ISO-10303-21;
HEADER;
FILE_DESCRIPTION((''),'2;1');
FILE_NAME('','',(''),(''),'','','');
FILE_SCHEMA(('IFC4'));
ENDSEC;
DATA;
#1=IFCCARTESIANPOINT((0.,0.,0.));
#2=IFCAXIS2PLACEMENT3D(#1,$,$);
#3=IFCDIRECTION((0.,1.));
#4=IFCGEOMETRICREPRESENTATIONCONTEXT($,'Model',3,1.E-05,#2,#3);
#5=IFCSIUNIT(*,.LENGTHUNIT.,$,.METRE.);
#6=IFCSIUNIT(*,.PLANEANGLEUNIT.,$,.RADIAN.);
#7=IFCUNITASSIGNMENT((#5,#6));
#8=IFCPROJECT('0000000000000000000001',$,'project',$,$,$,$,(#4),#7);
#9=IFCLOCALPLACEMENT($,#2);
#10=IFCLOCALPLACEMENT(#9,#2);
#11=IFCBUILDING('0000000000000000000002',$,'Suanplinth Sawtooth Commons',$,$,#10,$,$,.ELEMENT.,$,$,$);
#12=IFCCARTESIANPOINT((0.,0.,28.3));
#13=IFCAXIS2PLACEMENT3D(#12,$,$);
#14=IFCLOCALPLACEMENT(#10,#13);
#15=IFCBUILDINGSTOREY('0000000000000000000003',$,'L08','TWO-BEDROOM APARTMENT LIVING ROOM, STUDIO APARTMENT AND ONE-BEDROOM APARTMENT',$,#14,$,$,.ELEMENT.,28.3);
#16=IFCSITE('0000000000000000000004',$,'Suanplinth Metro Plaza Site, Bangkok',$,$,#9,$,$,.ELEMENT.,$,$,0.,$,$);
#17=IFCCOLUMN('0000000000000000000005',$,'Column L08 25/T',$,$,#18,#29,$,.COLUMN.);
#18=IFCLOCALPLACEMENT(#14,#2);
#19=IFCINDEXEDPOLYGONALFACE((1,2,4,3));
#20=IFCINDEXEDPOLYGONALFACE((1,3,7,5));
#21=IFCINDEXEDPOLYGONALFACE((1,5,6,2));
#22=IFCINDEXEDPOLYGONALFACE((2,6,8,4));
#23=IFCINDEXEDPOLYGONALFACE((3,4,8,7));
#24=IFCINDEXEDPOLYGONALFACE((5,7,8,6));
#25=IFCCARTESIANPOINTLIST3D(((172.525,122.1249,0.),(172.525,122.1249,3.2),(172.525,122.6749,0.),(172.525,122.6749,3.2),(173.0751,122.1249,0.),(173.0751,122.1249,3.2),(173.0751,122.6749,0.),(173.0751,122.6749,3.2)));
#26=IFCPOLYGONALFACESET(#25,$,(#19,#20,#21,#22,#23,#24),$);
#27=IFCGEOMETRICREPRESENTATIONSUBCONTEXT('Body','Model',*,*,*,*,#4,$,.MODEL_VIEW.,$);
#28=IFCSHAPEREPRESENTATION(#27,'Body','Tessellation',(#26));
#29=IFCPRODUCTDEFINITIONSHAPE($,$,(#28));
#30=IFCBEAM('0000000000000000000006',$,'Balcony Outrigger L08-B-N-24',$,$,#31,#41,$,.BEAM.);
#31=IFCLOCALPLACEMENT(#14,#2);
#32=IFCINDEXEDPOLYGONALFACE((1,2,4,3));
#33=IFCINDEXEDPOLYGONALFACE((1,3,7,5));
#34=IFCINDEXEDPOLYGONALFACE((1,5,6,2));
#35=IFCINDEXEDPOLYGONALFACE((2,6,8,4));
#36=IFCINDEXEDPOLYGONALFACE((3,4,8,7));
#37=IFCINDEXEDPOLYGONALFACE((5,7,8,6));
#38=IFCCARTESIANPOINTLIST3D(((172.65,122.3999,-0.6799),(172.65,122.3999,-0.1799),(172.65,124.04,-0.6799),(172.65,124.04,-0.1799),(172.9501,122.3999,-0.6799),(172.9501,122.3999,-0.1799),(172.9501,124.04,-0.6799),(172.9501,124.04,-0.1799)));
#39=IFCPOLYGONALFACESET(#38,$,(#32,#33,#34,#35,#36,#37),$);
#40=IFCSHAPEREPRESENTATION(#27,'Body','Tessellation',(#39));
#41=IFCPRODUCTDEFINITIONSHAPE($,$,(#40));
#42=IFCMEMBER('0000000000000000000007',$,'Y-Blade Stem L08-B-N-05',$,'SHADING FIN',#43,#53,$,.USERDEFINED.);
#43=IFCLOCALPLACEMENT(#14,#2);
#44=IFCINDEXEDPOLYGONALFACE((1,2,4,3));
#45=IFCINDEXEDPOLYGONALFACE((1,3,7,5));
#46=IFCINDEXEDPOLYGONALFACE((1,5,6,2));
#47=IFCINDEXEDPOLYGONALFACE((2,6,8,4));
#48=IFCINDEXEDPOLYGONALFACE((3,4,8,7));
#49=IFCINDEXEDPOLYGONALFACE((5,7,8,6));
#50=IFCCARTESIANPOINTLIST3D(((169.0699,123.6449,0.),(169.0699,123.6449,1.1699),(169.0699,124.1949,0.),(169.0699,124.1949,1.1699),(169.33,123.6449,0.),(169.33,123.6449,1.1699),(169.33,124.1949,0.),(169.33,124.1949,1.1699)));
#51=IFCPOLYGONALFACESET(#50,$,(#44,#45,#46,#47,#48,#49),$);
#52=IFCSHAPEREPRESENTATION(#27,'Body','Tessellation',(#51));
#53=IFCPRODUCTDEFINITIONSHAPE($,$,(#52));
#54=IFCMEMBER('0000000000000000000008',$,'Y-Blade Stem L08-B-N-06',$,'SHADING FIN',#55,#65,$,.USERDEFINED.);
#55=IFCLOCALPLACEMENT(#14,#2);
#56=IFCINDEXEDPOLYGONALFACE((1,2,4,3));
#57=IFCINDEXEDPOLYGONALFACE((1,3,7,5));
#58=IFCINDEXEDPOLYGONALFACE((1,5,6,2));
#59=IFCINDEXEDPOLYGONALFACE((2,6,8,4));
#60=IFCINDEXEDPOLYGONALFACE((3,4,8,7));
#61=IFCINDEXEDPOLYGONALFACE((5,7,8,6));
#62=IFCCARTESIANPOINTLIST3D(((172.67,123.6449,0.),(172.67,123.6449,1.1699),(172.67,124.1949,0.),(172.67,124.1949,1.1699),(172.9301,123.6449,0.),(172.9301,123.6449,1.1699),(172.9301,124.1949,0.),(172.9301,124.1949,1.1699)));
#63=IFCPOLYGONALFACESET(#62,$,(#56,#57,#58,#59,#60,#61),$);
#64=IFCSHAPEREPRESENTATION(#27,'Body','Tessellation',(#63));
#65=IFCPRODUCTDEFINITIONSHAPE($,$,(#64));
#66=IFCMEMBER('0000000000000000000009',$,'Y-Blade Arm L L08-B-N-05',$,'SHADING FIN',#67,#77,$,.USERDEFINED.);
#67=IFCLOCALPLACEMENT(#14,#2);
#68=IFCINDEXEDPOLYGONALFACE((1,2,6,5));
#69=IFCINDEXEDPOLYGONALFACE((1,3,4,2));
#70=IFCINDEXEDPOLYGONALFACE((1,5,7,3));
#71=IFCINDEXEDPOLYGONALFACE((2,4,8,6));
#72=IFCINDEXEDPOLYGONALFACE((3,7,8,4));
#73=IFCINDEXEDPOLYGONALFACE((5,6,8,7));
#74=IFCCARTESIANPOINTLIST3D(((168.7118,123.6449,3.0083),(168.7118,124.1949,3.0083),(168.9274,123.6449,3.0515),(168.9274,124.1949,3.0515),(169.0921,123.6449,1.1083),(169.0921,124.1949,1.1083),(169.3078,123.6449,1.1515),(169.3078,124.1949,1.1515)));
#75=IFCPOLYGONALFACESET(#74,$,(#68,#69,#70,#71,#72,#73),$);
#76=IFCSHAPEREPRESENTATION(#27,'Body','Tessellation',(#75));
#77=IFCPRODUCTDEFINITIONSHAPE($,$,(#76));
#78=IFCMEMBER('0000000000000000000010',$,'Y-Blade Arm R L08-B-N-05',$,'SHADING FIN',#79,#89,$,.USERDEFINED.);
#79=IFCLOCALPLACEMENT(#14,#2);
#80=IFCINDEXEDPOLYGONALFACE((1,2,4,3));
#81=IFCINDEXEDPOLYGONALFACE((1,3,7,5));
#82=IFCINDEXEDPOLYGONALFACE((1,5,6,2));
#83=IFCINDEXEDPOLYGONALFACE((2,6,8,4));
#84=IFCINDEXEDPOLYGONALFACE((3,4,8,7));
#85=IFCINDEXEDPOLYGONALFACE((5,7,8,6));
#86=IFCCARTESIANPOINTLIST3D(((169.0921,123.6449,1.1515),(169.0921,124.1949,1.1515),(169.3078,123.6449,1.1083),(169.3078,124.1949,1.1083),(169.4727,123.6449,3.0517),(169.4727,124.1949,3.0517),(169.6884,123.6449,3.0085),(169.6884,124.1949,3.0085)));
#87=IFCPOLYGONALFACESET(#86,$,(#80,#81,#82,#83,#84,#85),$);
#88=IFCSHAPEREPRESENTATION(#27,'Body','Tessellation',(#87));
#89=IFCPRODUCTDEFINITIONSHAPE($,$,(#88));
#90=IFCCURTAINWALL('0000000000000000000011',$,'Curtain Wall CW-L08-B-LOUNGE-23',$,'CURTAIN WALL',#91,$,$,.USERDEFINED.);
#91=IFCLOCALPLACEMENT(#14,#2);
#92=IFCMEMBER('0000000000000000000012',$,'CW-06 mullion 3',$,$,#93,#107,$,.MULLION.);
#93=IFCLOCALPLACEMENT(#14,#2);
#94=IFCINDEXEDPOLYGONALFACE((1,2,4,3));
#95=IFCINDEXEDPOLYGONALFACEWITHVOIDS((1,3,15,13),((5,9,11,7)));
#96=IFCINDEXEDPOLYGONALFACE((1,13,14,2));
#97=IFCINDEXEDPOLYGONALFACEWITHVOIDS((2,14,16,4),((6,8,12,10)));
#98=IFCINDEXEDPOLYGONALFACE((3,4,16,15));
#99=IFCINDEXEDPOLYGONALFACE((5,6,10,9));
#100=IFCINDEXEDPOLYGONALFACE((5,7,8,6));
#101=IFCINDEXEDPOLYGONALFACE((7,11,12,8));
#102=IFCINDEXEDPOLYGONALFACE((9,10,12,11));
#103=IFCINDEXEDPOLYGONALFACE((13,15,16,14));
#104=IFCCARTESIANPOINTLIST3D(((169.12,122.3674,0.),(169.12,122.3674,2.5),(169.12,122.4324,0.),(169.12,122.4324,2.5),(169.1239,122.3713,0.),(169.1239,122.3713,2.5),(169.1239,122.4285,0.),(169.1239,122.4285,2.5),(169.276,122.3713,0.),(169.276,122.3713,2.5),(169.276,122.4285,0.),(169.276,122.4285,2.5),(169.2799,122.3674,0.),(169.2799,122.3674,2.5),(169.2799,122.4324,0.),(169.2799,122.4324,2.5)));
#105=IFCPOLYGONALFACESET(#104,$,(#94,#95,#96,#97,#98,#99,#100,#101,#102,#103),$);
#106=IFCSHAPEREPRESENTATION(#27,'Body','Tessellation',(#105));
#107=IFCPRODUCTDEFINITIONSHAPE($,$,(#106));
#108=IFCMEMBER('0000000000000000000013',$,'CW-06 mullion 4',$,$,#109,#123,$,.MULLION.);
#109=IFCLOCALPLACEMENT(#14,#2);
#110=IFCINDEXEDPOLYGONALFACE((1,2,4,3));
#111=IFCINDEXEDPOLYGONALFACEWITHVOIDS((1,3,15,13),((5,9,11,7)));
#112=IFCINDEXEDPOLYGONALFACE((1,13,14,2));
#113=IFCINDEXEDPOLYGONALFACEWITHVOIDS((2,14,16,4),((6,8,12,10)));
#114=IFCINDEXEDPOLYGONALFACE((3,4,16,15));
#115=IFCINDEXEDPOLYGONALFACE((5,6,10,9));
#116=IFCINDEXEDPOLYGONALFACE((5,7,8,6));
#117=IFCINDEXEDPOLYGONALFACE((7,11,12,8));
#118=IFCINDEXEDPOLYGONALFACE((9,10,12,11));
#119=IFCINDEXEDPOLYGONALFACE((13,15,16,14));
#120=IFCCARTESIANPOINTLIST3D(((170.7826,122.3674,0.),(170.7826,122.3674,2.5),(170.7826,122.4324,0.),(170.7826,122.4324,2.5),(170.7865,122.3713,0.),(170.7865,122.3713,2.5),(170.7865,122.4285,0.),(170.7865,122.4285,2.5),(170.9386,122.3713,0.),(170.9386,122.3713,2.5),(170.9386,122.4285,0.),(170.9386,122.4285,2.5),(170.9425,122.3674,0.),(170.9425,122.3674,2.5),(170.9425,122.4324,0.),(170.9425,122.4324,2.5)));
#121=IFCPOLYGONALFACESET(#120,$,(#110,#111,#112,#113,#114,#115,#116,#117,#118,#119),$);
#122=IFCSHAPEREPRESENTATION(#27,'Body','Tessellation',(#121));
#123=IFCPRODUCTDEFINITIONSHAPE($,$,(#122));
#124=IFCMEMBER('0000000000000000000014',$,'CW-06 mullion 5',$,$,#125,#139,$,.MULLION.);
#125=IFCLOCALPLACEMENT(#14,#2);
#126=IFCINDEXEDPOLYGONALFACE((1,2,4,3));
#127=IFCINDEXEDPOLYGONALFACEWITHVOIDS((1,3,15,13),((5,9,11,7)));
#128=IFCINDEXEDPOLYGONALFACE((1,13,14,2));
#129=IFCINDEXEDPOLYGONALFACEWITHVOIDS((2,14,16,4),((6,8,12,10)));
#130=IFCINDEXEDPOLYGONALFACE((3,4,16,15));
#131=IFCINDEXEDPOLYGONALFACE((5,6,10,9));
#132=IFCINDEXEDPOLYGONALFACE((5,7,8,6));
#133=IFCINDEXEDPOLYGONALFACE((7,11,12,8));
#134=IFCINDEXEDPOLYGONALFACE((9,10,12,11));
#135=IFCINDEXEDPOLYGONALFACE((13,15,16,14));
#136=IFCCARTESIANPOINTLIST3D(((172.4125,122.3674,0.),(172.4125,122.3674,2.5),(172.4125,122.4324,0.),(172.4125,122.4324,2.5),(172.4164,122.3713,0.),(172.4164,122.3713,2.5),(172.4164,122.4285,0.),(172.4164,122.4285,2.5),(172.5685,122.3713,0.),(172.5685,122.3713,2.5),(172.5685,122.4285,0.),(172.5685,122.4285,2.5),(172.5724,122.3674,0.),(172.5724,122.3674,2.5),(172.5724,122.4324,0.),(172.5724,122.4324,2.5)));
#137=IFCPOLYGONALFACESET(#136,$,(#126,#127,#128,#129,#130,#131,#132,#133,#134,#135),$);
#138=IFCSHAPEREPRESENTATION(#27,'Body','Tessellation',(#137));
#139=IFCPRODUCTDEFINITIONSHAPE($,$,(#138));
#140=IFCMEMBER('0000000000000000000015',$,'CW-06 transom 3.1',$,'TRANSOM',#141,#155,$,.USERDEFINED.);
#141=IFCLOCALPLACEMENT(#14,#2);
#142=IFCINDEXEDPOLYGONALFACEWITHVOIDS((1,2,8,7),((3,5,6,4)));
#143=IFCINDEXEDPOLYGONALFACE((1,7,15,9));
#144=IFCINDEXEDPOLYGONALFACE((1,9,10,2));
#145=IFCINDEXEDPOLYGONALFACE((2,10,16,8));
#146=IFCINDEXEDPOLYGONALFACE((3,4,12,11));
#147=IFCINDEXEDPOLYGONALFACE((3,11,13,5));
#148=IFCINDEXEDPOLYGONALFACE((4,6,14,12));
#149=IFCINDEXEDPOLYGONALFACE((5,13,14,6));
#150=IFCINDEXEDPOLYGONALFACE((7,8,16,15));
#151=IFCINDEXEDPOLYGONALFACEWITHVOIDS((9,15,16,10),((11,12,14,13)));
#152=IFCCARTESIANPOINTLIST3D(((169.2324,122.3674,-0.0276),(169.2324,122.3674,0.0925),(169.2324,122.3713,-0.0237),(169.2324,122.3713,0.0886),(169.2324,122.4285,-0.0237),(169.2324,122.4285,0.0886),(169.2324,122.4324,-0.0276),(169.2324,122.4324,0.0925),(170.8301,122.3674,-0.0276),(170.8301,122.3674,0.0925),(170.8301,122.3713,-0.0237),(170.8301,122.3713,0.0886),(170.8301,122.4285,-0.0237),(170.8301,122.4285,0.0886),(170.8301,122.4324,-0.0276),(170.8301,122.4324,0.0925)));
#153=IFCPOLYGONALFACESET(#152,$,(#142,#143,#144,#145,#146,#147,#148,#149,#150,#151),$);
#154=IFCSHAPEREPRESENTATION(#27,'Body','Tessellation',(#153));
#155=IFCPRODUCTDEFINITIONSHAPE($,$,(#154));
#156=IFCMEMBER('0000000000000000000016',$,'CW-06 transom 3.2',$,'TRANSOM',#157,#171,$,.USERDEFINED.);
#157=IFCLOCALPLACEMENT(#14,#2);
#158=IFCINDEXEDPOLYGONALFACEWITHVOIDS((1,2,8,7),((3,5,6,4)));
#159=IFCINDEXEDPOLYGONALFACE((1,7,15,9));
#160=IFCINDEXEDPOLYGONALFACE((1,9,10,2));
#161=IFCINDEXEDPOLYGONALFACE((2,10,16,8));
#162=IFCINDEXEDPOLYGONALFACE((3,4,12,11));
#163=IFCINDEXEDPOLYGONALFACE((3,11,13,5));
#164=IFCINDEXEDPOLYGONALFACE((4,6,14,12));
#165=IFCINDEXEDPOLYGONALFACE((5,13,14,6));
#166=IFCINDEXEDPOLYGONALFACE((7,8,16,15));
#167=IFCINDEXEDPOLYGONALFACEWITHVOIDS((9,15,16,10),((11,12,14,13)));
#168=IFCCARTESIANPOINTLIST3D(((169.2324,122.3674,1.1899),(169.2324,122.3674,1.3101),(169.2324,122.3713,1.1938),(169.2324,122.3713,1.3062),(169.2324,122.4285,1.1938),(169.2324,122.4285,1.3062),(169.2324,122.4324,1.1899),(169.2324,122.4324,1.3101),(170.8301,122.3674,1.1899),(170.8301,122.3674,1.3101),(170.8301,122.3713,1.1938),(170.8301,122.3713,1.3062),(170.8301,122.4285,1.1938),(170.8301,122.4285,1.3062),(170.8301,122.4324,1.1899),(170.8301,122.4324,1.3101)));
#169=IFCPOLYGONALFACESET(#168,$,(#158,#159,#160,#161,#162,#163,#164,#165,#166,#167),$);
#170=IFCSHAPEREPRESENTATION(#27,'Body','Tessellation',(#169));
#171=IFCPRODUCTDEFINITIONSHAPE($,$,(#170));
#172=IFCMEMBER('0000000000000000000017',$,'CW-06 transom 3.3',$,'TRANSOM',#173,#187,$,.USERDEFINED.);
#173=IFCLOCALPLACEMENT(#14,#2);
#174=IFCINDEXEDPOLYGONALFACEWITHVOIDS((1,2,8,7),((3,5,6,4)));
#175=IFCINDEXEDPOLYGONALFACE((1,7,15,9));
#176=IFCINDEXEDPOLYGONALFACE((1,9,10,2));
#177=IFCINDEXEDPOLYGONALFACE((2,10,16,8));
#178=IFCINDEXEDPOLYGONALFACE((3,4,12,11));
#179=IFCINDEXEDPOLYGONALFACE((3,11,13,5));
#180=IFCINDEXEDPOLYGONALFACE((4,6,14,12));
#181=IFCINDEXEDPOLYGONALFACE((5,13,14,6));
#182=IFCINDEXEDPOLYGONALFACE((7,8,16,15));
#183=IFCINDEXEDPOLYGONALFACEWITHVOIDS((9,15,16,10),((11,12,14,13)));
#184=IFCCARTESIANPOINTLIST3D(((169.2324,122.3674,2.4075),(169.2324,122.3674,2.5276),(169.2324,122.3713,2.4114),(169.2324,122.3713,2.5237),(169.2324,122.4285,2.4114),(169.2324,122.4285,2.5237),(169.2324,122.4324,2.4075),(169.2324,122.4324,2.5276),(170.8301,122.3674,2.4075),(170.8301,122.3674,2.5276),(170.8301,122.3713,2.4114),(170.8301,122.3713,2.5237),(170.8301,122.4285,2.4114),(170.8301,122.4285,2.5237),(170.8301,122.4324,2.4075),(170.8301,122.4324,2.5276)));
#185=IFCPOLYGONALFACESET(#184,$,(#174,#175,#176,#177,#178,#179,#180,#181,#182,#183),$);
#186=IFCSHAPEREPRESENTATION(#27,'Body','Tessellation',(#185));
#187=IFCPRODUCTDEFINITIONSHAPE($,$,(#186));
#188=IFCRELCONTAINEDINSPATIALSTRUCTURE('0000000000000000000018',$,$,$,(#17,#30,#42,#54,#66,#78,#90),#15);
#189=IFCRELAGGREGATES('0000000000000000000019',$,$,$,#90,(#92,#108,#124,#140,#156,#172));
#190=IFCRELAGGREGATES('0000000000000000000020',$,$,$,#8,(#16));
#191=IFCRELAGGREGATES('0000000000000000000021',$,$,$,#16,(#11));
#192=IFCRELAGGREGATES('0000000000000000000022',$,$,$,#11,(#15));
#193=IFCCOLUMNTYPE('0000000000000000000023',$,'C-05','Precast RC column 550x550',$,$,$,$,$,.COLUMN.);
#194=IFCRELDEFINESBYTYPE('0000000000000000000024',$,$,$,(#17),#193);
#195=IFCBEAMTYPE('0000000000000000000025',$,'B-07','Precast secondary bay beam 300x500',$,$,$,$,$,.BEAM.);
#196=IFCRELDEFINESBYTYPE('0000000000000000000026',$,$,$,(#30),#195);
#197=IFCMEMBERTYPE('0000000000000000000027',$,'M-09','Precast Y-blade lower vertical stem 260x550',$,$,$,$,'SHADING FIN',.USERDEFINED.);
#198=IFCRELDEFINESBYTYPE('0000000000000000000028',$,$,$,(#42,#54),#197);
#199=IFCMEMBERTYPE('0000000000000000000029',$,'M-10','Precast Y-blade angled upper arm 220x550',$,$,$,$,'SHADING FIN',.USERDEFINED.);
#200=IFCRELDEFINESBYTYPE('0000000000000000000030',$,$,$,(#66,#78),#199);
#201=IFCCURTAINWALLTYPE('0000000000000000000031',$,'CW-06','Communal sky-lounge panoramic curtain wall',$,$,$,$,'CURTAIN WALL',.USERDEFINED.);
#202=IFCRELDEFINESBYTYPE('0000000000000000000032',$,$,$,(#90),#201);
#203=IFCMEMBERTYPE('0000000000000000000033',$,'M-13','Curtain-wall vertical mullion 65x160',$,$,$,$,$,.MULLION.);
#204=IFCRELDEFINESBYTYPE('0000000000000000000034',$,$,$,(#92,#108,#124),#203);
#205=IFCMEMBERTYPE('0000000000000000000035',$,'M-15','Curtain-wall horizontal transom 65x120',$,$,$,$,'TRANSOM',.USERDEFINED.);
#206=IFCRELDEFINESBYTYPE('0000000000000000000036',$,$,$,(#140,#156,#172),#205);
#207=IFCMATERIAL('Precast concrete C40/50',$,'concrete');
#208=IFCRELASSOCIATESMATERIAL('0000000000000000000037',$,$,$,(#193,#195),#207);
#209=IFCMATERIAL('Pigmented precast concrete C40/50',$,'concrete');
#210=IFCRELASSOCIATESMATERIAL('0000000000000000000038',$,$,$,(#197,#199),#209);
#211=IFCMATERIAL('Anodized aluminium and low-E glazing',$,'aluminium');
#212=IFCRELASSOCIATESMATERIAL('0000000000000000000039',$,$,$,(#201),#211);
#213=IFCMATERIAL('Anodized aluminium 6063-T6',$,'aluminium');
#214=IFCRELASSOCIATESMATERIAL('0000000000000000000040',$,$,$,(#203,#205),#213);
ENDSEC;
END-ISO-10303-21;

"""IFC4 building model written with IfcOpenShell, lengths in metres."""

from ifc_helpers import new_model, si_unit, direction, frame, origin, origin_2d, place, context, subcontext, project, spatial, rectangle, hollow_rectangle, extrude, material, material_profile, profile_set, type_object, element, aggregate, save


model = new_model("IFC4")

# Units and contexts
model_context = context("Model", 3, precision=1e-05, world=origin(), true_north=direction((0.0, 1.0)))
body_context = subcontext(model_context, "Body", "Model", "MODEL_VIEW")
ifc_project = project(units=[si_unit("LENGTHUNIT", "METRE"), si_unit("PLANEANGLEUNIT", "RADIAN")], contexts=[model_context])

# Site, building, storey
site_placement = place(None, origin())
site = spatial("IfcSite", under=ifc_project, at=site_placement, Name="Suanplinth Metro Plaza Site, Bangkok", CompositionType="ELEMENT", RefElevation=0.0)
building_placement = place(site_placement, origin())
building = spatial("IfcBuilding", under=site, at=building_placement, Name="Suanplinth Sawtooth Commons", CompositionType="ELEMENT")
storey_placement = place(building_placement, frame((0.0, 0.0, 28.3)))
storey = spatial("IfcBuildingStorey", under=building, at=storey_placement, Name="L08", Description="TWO-BEDROOM APARTMENT LIVING ROOM, STUDIO APARTMENT AND ONE-BEDROOM APARTMENT", CompositionType="ELEMENT", Elevation=28.3)

# Column
ifc_material_1 = material(Name="Precast concrete C40/50", Category="concrete")
ifc_material_profile_1 = material_profile(ifc_material_1, rectangle(XDim=0.55, YDim=0.55, at=origin_2d()), Name="PC-COL 550x550")
ifc_profile_set_1 = profile_set([ifc_material_profile_1], Name="Precast concrete C40/50")
column_type = type_object("IfcColumnType", Name="C-05", Description="Precast RC column 550x550", PredefinedType="COLUMN", material=ifc_profile_set_1)
column_placement = place(storey_placement, frame((172.8, 122.3999, 0.0), z_axis=(0.0, 0.0, 1.0), x_axis=(1.0, 0.0, 0.0)))
element("IfcColumn", 1, at=column_placement, inside=storey, type_object=column_type, Name="Column L08 25/T", PredefinedType="COLUMN", context=body_context, shape_type="SweptSolid", body=[
    extrude(rectangle(XDim=0.55, YDim=0.55, at=origin_2d()), origin(), (0.0, 0.0, 1.0), 3.2),
])

# Beam
ifc_material_profile_2 = material_profile(ifc_material_1, rectangle(XDim=0.3, YDim=0.5, at=origin_2d()), Name="PC-BM 300x500")
ifc_profile_set_2 = profile_set([ifc_material_profile_2], Name="Precast concrete C40/50")
beam_type = type_object("IfcBeamType", Name="B-07", Description="Precast secondary bay beam 300x500", PredefinedType="BEAM", material=ifc_profile_set_2)
beam_placement = place(storey_placement, frame((172.8, 122.3999, -0.4299), z_axis=(0.0, 1.0, 0.0), x_axis=(-1.0, 0.0, 0.0)))
element("IfcBeam", 2, at=beam_placement, inside=storey, type_object=beam_type, Name="Balcony Outrigger L08-B-N-24", PredefinedType="BEAM", context=body_context, shape_type="SweptSolid", body=[
    extrude(rectangle(XDim=0.3, YDim=0.5, at=origin_2d()), origin(), (0.0, 0.0, 1.0), 1.6401),
])

# Members
ifc_material_2 = material(Name="Pigmented precast concrete C40/50", Category="concrete")
ifc_material_profile_3 = material_profile(ifc_material_2, rectangle(XDim=0.26, YDim=0.55, at=origin_2d()), Name="PC-FIN 260x550")
ifc_profile_set_3 = profile_set([ifc_material_profile_3], Name="Pigmented precast concrete C40/50")
member_type_1 = type_object("IfcMemberType", Name="M-09", Description="Precast Y-blade lower vertical stem 260x550", ElementType="SHADING FIN", PredefinedType="USERDEFINED", material=ifc_profile_set_3)
for number, where, z_axis, x_axis, name in (
    (3, (169.2, 123.9199, 0.0), (0.0, 0.0, 1.0), (1.0, 0.0, 0.0), "Y-Blade Stem L08-B-N-05"),
    (4, (172.8, 123.9199, 0.0), (0.0, 0.0, 1.0), (1.0, 0.0, 0.0), "Y-Blade Stem L08-B-N-06"),
):
    element("IfcMember", number, at=place(storey_placement, frame(where, z_axis=z_axis, x_axis=x_axis)), inside=storey, type_object=member_type_1, Name=name, ObjectType="SHADING FIN", PredefinedType="USERDEFINED", context=body_context, shape_type="SweptSolid", body=[
        extrude(rectangle(XDim=0.26, YDim=0.55, at=origin_2d()), origin(), (0.0, 0.0, 1.0), 1.1699),
    ])
ifc_material_profile_4 = material_profile(ifc_material_2, rectangle(XDim=0.22, YDim=0.55, at=origin_2d()), Name="PC-FIN 220x550")
ifc_profile_set_4 = profile_set([ifc_material_profile_4], Name="Pigmented precast concrete C40/50")
member_type_2 = type_object("IfcMemberType", Name="M-10", Description="Precast Y-blade angled upper arm 220x550", ElementType="SHADING FIN", PredefinedType="USERDEFINED", material=ifc_profile_set_4)
member_1_placement = place(storey_placement, frame((169.2, 123.9199, 1.1299), z_axis=(-0.196286, 0.0, 0.980547), x_axis=(0.980547, 0.0, 0.196286)))
element("IfcMember", 5, at=member_1_placement, inside=storey, type_object=member_type_2, Name="Y-Blade Arm L L08-B-N-05", ObjectType="SHADING FIN", PredefinedType="USERDEFINED", context=body_context, shape_type="SweptSolid", body=[
    extrude(rectangle(XDim=0.22, YDim=0.55, at=origin_2d()), origin(), (0.0, 0.0, 1.0), 1.9377),
])
member_2_placement = place(storey_placement, frame((169.2, 123.9199, 1.1299), z_axis=(0.196407, 0.0, 0.980522), x_axis=(-0.980522, 0.0, 0.196407)))
element("IfcMember", 6, at=member_2_placement, inside=storey, type_object=member_type_2, Name="Y-Blade Arm R L08-B-N-05", ObjectType="SHADING FIN", PredefinedType="USERDEFINED", context=body_context, shape_type="SweptSolid", body=[
    extrude(rectangle(XDim=0.22, YDim=0.55, at=origin_2d()), origin(), (0.0, 0.0, 1.0), 1.938),
])

# Curtain wall, members
ifc_material_3 = material(Name="Anodized aluminium and low-E glazing", Category="aluminium")
curtain_wall_type = type_object("IfcCurtainWallType", Name="CW-06", Description="Communal sky-lounge panoramic curtain wall", ElementType="CURTAIN WALL", PredefinedType="USERDEFINED", material=ifc_material_3)
curtain_wall_placement = place(storey_placement, origin())
curtain_wall = element("IfcCurtainWall", 7, at=curtain_wall_placement, inside=storey, type_object=curtain_wall_type, Name="Curtain Wall CW-L08-B-LOUNGE-23", ObjectType="CURTAIN WALL", PredefinedType="USERDEFINED")
ifc_material_4 = material(Name="Anodized aluminium 6063-T6", Category="aluminium")
ifc_material_profile_5 = material_profile(ifc_material_4, hollow_rectangle(XDim=0.0649, YDim=0.1599, WallThickness=0.0039, at=origin_2d()), Name="ALU-MUL 65x160")
ifc_profile_set_5 = profile_set([ifc_material_profile_5], Name="Anodized aluminium 6063-T6")
member_type_3 = type_object("IfcMemberType", Name="M-13", Description="Curtain-wall vertical mullion 65x160", PredefinedType="MULLION", material=ifc_profile_set_5)
member_3_placement = place(storey_placement, frame((169.2, 122.3999, 0.0), z_axis=(0.0, 0.0, 1.0), x_axis=(0.0, 1.0, 0.0)))
member_3 = element("IfcMember", 8, at=member_3_placement, type_object=member_type_3, Name="CW-06 mullion 3", PredefinedType="MULLION", context=body_context, shape_type="SweptSolid", body=[
    extrude(hollow_rectangle(XDim=0.0649, YDim=0.1599, WallThickness=0.0039, at=origin_2d()), origin(), (0.0, 0.0, 1.0), 2.5),
])
member_4_placement = place(storey_placement, frame((170.8625, 122.3999, 0.0), z_axis=(0.0, 0.0, 1.0), x_axis=(0.0, 1.0, 0.0)))
member_4 = element("IfcMember", 9, at=member_4_placement, type_object=member_type_3, Name="CW-06 mullion 4", PredefinedType="MULLION", context=body_context, shape_type="SweptSolid", body=[
    extrude(hollow_rectangle(XDim=0.0649, YDim=0.1599, WallThickness=0.0039, at=origin_2d()), origin(), (0.0, 0.0, 1.0), 2.5),
])
member_5_placement = place(storey_placement, frame((172.4924, 122.3999, 0.0), z_axis=(0.0, 0.0, 1.0), x_axis=(0.0, 1.0, 0.0)))
member_5 = element("IfcMember", 10, at=member_5_placement, type_object=member_type_3, Name="CW-06 mullion 5", PredefinedType="MULLION", context=body_context, shape_type="SweptSolid", body=[
    extrude(hollow_rectangle(XDim=0.0649, YDim=0.1599, WallThickness=0.0039, at=origin_2d()), origin(), (0.0, 0.0, 1.0), 2.5),
])
ifc_material_profile_6 = material_profile(ifc_material_4, hollow_rectangle(XDim=0.0649, YDim=0.1201, WallThickness=0.0039, at=origin_2d()), Name="ALU-TRN 65x120")
ifc_profile_set_6 = profile_set([ifc_material_profile_6], Name="Anodized aluminium 6063-T6")
member_type_4 = type_object("IfcMemberType", Name="M-15", Description="Curtain-wall horizontal transom 65x120", ElementType="TRANSOM", PredefinedType="USERDEFINED", material=ifc_profile_set_6)
member_6_placement = place(storey_placement, frame((169.2324, 122.3999, 0.0325), z_axis=(1.0, 0.0, 0.0), x_axis=(0.0, 1.0, 0.0)))
member_6 = element("IfcMember", 11, at=member_6_placement, type_object=member_type_4, Name="CW-06 transom 3.1", ObjectType="TRANSOM", PredefinedType="USERDEFINED", context=body_context, shape_type="SweptSolid", body=[
    extrude(hollow_rectangle(XDim=0.0649, YDim=0.1201, WallThickness=0.0039, at=origin_2d()), origin(), (0.0, 0.0, 1.0), 1.5977),
])
member_7_placement = place(storey_placement, frame((169.2324, 122.3999, 1.25), z_axis=(1.0, 0.0, 0.0), x_axis=(0.0, 1.0, 0.0)))
member_7 = element("IfcMember", 12, at=member_7_placement, type_object=member_type_4, Name="CW-06 transom 3.2", ObjectType="TRANSOM", PredefinedType="USERDEFINED", context=body_context, shape_type="SweptSolid", body=[
    extrude(hollow_rectangle(XDim=0.0649, YDim=0.1201, WallThickness=0.0039, at=origin_2d()), origin(), (0.0, 0.0, 1.0), 1.5977),
])
member_8_placement = place(storey_placement, frame((169.2324, 122.3999, 2.4675), z_axis=(1.0, 0.0, 0.0), x_axis=(0.0, 1.0, 0.0)))
member_8 = element("IfcMember", 13, at=member_8_placement, type_object=member_type_4, Name="CW-06 transom 3.3", ObjectType="TRANSOM", PredefinedType="USERDEFINED", context=body_context, shape_type="SweptSolid", body=[
    extrude(hollow_rectangle(XDim=0.0649, YDim=0.1201, WallThickness=0.0039, at=origin_2d()), origin(), (0.0, 0.0, 1.0), 1.5977),
])

aggregate(curtain_wall, [member_3, member_4, member_5, member_6, member_7, member_8])

save(model, "model.ifc")
